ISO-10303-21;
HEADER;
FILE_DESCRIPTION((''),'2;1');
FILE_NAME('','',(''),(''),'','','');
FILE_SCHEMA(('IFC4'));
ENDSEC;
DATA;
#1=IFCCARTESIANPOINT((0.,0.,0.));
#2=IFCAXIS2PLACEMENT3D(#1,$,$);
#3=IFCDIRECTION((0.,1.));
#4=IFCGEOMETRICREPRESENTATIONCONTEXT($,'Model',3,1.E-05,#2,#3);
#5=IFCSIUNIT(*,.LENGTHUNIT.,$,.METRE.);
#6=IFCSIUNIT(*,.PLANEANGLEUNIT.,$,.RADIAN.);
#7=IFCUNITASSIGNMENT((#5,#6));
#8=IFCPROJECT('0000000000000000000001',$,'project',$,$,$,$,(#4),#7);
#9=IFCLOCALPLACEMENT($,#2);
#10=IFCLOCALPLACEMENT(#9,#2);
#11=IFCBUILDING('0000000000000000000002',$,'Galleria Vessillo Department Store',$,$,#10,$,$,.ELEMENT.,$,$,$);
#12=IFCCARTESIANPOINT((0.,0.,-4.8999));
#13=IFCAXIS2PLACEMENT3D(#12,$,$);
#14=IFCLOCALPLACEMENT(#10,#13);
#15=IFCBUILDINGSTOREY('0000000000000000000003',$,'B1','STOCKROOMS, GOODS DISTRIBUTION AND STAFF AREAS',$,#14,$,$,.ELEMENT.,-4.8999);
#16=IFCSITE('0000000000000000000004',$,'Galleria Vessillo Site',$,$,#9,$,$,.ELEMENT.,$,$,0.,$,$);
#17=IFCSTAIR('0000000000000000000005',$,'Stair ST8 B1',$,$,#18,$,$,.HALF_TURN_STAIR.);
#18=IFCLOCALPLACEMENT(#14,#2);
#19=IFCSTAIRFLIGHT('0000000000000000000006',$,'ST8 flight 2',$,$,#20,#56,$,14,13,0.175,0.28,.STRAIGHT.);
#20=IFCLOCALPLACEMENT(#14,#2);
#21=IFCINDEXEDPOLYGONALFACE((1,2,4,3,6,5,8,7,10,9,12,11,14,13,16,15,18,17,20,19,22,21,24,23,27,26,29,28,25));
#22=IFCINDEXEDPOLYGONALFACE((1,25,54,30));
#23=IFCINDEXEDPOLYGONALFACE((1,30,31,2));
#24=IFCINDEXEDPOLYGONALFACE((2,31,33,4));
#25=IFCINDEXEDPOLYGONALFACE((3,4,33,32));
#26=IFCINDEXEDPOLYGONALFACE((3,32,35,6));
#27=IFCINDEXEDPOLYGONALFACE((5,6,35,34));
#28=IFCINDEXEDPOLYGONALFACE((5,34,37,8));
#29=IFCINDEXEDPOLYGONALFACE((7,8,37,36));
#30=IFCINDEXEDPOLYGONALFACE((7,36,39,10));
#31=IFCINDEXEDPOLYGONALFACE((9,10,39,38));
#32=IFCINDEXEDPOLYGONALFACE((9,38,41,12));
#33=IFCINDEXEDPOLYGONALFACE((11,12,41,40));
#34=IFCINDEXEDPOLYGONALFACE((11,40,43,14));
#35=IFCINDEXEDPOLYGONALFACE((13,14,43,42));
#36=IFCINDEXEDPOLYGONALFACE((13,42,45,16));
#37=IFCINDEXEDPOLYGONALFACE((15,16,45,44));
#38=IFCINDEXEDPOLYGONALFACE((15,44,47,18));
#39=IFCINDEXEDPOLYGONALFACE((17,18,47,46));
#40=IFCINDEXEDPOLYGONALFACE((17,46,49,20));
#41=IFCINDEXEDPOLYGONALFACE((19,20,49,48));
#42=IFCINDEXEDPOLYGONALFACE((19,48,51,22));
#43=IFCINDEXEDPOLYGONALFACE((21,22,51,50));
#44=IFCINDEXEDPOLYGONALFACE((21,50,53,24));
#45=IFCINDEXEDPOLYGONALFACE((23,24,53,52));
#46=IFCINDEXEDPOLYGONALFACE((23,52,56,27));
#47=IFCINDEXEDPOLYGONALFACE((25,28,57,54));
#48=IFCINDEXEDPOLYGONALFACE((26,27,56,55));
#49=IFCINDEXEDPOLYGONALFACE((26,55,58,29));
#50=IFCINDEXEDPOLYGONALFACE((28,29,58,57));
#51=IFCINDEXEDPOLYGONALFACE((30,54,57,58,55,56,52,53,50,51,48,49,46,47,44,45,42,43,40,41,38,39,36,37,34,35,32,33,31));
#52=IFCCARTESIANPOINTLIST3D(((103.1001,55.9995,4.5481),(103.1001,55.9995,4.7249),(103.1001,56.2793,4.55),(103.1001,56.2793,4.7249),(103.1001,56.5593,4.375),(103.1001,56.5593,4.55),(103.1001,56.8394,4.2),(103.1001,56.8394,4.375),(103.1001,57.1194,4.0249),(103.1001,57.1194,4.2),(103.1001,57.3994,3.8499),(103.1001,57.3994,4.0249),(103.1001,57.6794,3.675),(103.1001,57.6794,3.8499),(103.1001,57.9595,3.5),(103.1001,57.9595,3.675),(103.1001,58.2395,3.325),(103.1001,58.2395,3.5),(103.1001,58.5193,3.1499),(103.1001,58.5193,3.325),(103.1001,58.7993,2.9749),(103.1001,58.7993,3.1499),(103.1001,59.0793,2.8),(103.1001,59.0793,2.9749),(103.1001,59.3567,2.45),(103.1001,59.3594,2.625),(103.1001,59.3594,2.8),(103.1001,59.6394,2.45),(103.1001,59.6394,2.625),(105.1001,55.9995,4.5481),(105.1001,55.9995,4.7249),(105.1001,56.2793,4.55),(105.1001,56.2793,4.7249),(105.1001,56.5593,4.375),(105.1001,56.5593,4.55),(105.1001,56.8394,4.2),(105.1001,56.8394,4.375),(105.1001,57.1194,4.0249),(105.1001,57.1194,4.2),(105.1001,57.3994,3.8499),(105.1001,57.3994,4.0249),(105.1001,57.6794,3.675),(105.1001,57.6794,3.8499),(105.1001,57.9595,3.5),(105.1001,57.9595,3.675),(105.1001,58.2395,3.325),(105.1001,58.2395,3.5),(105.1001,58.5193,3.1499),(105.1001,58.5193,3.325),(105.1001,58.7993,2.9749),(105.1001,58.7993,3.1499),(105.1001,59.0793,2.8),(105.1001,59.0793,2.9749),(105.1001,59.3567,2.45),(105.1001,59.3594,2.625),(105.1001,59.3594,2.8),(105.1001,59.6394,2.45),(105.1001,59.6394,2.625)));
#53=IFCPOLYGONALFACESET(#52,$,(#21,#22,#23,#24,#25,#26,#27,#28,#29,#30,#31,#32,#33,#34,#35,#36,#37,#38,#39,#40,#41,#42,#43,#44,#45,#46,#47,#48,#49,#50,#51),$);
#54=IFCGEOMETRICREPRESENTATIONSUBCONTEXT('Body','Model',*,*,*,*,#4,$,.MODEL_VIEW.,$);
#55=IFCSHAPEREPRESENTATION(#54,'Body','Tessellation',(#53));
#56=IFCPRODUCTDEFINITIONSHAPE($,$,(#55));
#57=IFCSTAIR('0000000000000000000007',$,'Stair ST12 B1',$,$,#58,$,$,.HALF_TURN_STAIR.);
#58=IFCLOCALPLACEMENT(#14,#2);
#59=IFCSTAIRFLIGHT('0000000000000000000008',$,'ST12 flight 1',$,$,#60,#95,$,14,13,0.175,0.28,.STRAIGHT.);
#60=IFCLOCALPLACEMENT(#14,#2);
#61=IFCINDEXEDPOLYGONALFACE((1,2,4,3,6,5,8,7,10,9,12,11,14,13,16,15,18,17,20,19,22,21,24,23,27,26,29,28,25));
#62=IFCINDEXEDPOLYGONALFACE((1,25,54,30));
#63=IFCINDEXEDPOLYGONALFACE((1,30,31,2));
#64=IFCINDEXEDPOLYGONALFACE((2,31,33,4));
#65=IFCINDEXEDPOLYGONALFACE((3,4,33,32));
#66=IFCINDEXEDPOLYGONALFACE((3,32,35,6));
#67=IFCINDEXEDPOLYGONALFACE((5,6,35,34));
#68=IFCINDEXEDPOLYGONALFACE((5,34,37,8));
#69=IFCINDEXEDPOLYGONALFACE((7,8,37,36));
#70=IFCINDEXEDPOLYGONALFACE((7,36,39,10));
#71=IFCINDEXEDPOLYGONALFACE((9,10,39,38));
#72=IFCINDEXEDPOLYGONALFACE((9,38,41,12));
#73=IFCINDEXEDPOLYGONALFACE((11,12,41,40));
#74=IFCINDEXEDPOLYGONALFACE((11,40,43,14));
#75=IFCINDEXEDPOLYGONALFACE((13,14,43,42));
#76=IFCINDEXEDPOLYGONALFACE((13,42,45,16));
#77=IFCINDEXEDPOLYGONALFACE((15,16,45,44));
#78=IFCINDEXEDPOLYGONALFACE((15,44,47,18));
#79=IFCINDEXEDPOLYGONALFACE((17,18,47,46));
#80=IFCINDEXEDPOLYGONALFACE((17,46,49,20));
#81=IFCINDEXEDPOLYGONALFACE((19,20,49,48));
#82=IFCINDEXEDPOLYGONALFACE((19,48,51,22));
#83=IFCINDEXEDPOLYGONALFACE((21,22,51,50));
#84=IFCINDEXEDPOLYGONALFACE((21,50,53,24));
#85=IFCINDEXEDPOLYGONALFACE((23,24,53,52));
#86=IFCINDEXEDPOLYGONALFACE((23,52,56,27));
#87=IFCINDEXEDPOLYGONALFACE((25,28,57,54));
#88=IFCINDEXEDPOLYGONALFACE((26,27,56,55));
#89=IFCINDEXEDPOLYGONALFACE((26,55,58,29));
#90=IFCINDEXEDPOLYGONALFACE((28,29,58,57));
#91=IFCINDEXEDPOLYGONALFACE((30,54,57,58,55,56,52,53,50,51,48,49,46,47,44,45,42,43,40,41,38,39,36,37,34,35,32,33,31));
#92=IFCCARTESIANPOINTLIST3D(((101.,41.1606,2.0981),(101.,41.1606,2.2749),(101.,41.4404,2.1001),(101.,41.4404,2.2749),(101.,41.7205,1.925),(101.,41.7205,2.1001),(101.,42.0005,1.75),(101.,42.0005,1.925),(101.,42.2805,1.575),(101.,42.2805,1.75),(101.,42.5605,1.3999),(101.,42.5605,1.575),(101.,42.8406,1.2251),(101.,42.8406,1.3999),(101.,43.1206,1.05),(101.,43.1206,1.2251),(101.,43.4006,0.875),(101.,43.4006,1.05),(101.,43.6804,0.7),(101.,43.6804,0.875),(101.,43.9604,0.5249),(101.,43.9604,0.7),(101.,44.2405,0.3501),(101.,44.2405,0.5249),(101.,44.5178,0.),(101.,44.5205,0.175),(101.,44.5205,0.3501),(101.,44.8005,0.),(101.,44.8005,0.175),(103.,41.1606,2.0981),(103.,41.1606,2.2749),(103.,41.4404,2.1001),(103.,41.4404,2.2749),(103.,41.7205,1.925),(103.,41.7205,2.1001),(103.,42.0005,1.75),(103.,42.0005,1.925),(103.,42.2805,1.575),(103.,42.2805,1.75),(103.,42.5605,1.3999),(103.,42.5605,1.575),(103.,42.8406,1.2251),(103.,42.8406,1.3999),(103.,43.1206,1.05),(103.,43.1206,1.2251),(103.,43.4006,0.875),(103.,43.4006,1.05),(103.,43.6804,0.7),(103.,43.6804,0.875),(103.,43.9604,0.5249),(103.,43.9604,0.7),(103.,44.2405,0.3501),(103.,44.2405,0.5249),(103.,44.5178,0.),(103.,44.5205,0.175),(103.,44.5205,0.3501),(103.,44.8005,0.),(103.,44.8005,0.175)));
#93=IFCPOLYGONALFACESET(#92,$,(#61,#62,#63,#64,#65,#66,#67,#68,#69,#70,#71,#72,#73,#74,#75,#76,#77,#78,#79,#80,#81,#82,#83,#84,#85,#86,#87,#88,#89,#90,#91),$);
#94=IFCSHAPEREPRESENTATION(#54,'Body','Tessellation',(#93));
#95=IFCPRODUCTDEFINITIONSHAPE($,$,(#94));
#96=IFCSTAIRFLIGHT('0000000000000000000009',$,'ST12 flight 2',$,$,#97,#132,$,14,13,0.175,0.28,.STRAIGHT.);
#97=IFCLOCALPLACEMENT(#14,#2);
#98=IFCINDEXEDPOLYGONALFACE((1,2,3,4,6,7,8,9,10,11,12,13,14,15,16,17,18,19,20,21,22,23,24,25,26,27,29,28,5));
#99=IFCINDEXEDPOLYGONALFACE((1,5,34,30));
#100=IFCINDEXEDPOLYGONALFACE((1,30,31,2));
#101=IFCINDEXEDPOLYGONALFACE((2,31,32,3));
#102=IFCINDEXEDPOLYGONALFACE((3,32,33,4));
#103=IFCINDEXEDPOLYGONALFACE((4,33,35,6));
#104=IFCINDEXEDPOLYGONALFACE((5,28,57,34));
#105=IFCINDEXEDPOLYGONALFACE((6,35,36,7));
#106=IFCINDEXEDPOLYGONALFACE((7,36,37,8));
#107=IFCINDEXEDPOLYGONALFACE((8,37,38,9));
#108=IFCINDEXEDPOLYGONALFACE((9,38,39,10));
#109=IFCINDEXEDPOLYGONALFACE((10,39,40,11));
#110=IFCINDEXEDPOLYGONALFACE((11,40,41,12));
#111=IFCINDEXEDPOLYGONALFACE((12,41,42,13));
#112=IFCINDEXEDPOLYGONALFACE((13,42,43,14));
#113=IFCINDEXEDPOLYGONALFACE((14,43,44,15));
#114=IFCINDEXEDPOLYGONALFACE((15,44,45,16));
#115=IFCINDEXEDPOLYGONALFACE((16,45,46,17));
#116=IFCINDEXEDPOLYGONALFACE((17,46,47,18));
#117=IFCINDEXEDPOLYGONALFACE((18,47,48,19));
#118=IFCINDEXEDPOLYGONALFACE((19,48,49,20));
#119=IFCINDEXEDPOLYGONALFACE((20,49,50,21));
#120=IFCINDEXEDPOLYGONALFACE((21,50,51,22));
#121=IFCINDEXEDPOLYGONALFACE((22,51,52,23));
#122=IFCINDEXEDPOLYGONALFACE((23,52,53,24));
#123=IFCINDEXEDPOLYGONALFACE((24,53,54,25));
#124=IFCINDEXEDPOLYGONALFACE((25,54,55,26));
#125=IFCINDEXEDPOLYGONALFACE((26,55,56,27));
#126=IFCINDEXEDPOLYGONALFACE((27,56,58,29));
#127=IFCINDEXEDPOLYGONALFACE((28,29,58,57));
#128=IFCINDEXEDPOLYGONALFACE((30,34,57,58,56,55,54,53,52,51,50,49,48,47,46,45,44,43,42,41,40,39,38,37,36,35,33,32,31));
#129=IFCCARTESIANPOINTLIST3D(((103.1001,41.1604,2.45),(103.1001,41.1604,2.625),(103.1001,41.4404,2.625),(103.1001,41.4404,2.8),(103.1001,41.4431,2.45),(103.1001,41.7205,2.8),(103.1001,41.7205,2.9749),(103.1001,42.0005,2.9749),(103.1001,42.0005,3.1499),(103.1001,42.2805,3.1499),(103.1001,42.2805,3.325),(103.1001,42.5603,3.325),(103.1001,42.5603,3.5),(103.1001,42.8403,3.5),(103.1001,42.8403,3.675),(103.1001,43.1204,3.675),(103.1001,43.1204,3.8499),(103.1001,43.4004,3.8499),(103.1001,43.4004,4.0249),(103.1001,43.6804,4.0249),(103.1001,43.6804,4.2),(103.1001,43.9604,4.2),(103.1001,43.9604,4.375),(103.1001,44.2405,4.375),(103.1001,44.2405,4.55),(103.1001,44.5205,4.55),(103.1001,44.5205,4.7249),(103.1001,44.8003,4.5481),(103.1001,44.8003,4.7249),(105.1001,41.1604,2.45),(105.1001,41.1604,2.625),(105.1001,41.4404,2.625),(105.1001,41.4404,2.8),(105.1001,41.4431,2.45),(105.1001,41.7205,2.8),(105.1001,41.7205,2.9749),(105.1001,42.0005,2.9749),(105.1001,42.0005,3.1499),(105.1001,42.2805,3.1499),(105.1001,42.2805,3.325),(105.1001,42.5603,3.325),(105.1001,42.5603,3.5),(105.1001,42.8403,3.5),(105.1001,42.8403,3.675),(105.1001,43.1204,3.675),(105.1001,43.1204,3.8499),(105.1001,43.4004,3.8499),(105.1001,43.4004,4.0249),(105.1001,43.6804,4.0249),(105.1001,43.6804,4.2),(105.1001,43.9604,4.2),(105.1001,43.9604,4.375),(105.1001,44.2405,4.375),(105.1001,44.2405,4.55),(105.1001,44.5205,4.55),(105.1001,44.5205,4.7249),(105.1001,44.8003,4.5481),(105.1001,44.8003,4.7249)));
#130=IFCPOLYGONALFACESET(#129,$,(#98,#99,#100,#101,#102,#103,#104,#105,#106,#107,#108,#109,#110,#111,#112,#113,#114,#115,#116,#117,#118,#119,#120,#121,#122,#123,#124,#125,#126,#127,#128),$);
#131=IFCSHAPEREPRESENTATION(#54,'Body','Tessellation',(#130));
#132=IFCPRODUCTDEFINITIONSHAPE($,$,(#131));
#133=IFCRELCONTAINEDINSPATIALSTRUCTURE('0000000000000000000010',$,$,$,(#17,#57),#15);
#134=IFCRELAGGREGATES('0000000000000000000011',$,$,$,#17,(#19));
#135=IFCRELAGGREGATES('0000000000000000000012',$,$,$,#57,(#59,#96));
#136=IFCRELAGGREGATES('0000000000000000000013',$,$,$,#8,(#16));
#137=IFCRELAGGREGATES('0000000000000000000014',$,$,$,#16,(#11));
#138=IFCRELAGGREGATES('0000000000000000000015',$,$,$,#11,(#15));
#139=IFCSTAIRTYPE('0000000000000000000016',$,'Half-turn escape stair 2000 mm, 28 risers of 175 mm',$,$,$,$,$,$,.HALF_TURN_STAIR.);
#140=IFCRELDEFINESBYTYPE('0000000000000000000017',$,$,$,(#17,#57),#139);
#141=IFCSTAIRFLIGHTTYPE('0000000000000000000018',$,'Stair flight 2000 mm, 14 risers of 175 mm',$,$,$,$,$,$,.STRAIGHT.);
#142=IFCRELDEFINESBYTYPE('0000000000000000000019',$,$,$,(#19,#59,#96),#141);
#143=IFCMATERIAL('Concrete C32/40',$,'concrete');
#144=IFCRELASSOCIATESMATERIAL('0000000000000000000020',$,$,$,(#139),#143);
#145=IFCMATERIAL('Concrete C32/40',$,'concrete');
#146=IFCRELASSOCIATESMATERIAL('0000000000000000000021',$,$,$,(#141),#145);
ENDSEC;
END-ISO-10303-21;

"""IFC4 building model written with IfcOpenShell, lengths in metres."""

from ifc_helpers import new_model, si_unit, direction, frame, origin, place, context, subcontext, project, spatial, polyline, outline, extrude, material, type_object, element, aggregate, save


model = new_model("IFC4")

# Units and contexts
model_context = context("Model", 3, precision=1e-05, world=origin(), true_north=direction((0.0, 1.0)))
body_context = subcontext(model_context, "Body", "Model", "MODEL_VIEW")
ifc_project = project(units=[si_unit("LENGTHUNIT", "METRE"), si_unit("PLANEANGLEUNIT", "RADIAN")], contexts=[model_context])

# Site, building, storey
site_placement = place(None, origin())
site = spatial("IfcSite", under=ifc_project, at=site_placement, Name="Galleria Vessillo Site", CompositionType="ELEMENT", RefElevation=0.0)
building_placement = place(site_placement, origin())
building = spatial("IfcBuilding", under=site, at=building_placement, Name="Galleria Vessillo Department Store", CompositionType="ELEMENT")
storey_placement = place(building_placement, frame((0.0, 0.0, -4.8999)))
storey = spatial("IfcBuildingStorey", under=building, at=storey_placement, Name="B1", Description="STOCKROOMS, GOODS DISTRIBUTION AND STAFF AREAS", CompositionType="ELEMENT", Elevation=-4.8999)

# Stairs, stair flights
ifc_material_1 = material(Name="Concrete C32/40", Category="concrete")
stair_type = type_object("IfcStairType", Name="Half-turn escape stair 2000 mm, 28 risers of 175 mm", PredefinedType="HALF_TURN_STAIR", material=ifc_material_1)
stair_1_placement = place(storey_placement, origin())
stair_1 = element("IfcStair", 1, at=stair_1_placement, inside=storey, type_object=stair_type, Name="Stair ST8 B1", PredefinedType="HALF_TURN_STAIR")
ifc_material_2 = material(Name="Concrete C32/40", Category="concrete")
stair_flight_type = type_object("IfcStairFlightType", Name="Stair flight 2000 mm, 14 risers of 175 mm", PredefinedType="STRAIGHT", material=ifc_material_2)
stair_flight_1_placement = place(storey_placement, frame((104.1001, 59.6394, 2.45), z_axis=(0.0, 0.0, 1.0), x_axis=(0.0, -1.0, 0.0)))
stair_flight_1 = element("IfcStairFlight", 2, at=stair_flight_1_placement, type_object=stair_flight_type, Name="ST8 flight 2", NumberOfRisers=14, NumberOfTreads=13, PredefinedType="STRAIGHT", RiserHeight=0.175, TreadLength=0.28, context=body_context, shape_type="SweptSolid", body=[
    extrude(outline(polyline([(0.0, 0.0), (0.0, 0.175), (0.28, 0.175), (0.28, 0.3501), (0.5601, 0.3501), (0.5601, 0.5249), (0.8401, 0.5249), (0.8401, 0.7), (1.1201, 0.7), (1.1201, 0.875), (1.3999, 0.875), (1.3999, 1.05), (1.6799, 1.05), (1.6799, 1.2251), (1.96, 1.2251), (1.96, 1.3999), (2.24, 1.3999), (2.24, 1.575), (2.52, 1.575), (2.52, 1.75), (2.8, 1.75), (2.8, 1.925), (3.0801, 1.925), (3.0801, 2.1001), (3.3601, 2.1001), (3.3601, 2.2749), (3.6399, 2.2749), (3.6399, 2.45), (3.6399, 2.0981), (0.2827, 0.0), (0.0, 0.0)])), frame((0.0, 1.0, 0.0), z_axis=(0.0, -1.0, 0.0), x_axis=(1.0, 0.0, 0.0)), (0.0, 0.0, 1.0), 2.0),
])
aggregate(stair_1, [stair_flight_1])
stair_2_placement = place(storey_placement, origin())
stair_2 = element("IfcStair", 3, at=stair_2_placement, inside=storey, type_object=stair_type, Name="Stair ST12 B1", PredefinedType="HALF_TURN_STAIR")
stair_flight_2_placement = place(storey_placement, frame((102.0, 44.8005, 0.0), z_axis=(0.0, 0.0, 1.0), x_axis=(0.0, -1.0, 0.0)))
stair_flight_2 = element("IfcStairFlight", 4, at=stair_flight_2_placement, type_object=stair_flight_type, Name="ST12 flight 1", NumberOfRisers=14, NumberOfTreads=13, PredefinedType="STRAIGHT", RiserHeight=0.175, TreadLength=0.28, context=body_context, shape_type="SweptSolid", body=[
    extrude(outline(polyline([(0.0, 0.0), (0.0, 0.175), (0.28, 0.175), (0.28, 0.3501), (0.5601, 0.3501), (0.5601, 0.5249), (0.8401, 0.5249), (0.8401, 0.7), (1.1201, 0.7), (1.1201, 0.875), (1.3999, 0.875), (1.3999, 1.05), (1.6799, 1.05), (1.6799, 1.2251), (1.96, 1.2251), (1.96, 1.3999), (2.24, 1.3999), (2.24, 1.575), (2.52, 1.575), (2.52, 1.75), (2.8, 1.75), (2.8, 1.925), (3.0801, 1.925), (3.0801, 2.1001), (3.3601, 2.1001), (3.3601, 2.2749), (3.6399, 2.2749), (3.6399, 2.45), (3.6399, 2.0981), (0.2827, 0.0), (0.0, 0.0)])), frame((0.0, 1.0, 0.0), z_axis=(0.0, -1.0, 0.0), x_axis=(1.0, 0.0, 0.0)), (0.0, 0.0, 1.0), 2.0),
])
stair_flight_3_placement = place(storey_placement, frame((104.1001, 41.1604, 2.45), z_axis=(0.0, 0.0, 1.0), x_axis=(0.0, 1.0, 0.0)))
stair_flight_3 = element("IfcStairFlight", 5, at=stair_flight_3_placement, type_object=stair_flight_type, Name="ST12 flight 2", NumberOfRisers=14, NumberOfTreads=13, PredefinedType="STRAIGHT", RiserHeight=0.175, TreadLength=0.28, context=body_context, shape_type="SweptSolid", body=[
    extrude(outline(polyline([(0.0, 0.0), (0.0, 0.175), (0.28, 0.175), (0.28, 0.3501), (0.5601, 0.3501), (0.5601, 0.5249), (0.8401, 0.5249), (0.8401, 0.7), (1.1201, 0.7), (1.1201, 0.875), (1.3999, 0.875), (1.3999, 1.05), (1.6799, 1.05), (1.6799, 1.2251), (1.96, 1.2251), (1.96, 1.3999), (2.24, 1.3999), (2.24, 1.575), (2.52, 1.575), (2.52, 1.75), (2.8, 1.75), (2.8, 1.925), (3.0801, 1.925), (3.0801, 2.1001), (3.3601, 2.1001), (3.3601, 2.2749), (3.6399, 2.2749), (3.6399, 2.45), (3.6399, 2.0981), (0.2827, 0.0), (0.0, 0.0)])), frame((0.0, 1.0, 0.0), z_axis=(0.0, -1.0, 0.0), x_axis=(1.0, 0.0, 0.0)), (0.0, 0.0, 1.0), 2.0),
])
aggregate(stair_2, [stair_flight_2, stair_flight_3])

save(model, "model.ifc")
